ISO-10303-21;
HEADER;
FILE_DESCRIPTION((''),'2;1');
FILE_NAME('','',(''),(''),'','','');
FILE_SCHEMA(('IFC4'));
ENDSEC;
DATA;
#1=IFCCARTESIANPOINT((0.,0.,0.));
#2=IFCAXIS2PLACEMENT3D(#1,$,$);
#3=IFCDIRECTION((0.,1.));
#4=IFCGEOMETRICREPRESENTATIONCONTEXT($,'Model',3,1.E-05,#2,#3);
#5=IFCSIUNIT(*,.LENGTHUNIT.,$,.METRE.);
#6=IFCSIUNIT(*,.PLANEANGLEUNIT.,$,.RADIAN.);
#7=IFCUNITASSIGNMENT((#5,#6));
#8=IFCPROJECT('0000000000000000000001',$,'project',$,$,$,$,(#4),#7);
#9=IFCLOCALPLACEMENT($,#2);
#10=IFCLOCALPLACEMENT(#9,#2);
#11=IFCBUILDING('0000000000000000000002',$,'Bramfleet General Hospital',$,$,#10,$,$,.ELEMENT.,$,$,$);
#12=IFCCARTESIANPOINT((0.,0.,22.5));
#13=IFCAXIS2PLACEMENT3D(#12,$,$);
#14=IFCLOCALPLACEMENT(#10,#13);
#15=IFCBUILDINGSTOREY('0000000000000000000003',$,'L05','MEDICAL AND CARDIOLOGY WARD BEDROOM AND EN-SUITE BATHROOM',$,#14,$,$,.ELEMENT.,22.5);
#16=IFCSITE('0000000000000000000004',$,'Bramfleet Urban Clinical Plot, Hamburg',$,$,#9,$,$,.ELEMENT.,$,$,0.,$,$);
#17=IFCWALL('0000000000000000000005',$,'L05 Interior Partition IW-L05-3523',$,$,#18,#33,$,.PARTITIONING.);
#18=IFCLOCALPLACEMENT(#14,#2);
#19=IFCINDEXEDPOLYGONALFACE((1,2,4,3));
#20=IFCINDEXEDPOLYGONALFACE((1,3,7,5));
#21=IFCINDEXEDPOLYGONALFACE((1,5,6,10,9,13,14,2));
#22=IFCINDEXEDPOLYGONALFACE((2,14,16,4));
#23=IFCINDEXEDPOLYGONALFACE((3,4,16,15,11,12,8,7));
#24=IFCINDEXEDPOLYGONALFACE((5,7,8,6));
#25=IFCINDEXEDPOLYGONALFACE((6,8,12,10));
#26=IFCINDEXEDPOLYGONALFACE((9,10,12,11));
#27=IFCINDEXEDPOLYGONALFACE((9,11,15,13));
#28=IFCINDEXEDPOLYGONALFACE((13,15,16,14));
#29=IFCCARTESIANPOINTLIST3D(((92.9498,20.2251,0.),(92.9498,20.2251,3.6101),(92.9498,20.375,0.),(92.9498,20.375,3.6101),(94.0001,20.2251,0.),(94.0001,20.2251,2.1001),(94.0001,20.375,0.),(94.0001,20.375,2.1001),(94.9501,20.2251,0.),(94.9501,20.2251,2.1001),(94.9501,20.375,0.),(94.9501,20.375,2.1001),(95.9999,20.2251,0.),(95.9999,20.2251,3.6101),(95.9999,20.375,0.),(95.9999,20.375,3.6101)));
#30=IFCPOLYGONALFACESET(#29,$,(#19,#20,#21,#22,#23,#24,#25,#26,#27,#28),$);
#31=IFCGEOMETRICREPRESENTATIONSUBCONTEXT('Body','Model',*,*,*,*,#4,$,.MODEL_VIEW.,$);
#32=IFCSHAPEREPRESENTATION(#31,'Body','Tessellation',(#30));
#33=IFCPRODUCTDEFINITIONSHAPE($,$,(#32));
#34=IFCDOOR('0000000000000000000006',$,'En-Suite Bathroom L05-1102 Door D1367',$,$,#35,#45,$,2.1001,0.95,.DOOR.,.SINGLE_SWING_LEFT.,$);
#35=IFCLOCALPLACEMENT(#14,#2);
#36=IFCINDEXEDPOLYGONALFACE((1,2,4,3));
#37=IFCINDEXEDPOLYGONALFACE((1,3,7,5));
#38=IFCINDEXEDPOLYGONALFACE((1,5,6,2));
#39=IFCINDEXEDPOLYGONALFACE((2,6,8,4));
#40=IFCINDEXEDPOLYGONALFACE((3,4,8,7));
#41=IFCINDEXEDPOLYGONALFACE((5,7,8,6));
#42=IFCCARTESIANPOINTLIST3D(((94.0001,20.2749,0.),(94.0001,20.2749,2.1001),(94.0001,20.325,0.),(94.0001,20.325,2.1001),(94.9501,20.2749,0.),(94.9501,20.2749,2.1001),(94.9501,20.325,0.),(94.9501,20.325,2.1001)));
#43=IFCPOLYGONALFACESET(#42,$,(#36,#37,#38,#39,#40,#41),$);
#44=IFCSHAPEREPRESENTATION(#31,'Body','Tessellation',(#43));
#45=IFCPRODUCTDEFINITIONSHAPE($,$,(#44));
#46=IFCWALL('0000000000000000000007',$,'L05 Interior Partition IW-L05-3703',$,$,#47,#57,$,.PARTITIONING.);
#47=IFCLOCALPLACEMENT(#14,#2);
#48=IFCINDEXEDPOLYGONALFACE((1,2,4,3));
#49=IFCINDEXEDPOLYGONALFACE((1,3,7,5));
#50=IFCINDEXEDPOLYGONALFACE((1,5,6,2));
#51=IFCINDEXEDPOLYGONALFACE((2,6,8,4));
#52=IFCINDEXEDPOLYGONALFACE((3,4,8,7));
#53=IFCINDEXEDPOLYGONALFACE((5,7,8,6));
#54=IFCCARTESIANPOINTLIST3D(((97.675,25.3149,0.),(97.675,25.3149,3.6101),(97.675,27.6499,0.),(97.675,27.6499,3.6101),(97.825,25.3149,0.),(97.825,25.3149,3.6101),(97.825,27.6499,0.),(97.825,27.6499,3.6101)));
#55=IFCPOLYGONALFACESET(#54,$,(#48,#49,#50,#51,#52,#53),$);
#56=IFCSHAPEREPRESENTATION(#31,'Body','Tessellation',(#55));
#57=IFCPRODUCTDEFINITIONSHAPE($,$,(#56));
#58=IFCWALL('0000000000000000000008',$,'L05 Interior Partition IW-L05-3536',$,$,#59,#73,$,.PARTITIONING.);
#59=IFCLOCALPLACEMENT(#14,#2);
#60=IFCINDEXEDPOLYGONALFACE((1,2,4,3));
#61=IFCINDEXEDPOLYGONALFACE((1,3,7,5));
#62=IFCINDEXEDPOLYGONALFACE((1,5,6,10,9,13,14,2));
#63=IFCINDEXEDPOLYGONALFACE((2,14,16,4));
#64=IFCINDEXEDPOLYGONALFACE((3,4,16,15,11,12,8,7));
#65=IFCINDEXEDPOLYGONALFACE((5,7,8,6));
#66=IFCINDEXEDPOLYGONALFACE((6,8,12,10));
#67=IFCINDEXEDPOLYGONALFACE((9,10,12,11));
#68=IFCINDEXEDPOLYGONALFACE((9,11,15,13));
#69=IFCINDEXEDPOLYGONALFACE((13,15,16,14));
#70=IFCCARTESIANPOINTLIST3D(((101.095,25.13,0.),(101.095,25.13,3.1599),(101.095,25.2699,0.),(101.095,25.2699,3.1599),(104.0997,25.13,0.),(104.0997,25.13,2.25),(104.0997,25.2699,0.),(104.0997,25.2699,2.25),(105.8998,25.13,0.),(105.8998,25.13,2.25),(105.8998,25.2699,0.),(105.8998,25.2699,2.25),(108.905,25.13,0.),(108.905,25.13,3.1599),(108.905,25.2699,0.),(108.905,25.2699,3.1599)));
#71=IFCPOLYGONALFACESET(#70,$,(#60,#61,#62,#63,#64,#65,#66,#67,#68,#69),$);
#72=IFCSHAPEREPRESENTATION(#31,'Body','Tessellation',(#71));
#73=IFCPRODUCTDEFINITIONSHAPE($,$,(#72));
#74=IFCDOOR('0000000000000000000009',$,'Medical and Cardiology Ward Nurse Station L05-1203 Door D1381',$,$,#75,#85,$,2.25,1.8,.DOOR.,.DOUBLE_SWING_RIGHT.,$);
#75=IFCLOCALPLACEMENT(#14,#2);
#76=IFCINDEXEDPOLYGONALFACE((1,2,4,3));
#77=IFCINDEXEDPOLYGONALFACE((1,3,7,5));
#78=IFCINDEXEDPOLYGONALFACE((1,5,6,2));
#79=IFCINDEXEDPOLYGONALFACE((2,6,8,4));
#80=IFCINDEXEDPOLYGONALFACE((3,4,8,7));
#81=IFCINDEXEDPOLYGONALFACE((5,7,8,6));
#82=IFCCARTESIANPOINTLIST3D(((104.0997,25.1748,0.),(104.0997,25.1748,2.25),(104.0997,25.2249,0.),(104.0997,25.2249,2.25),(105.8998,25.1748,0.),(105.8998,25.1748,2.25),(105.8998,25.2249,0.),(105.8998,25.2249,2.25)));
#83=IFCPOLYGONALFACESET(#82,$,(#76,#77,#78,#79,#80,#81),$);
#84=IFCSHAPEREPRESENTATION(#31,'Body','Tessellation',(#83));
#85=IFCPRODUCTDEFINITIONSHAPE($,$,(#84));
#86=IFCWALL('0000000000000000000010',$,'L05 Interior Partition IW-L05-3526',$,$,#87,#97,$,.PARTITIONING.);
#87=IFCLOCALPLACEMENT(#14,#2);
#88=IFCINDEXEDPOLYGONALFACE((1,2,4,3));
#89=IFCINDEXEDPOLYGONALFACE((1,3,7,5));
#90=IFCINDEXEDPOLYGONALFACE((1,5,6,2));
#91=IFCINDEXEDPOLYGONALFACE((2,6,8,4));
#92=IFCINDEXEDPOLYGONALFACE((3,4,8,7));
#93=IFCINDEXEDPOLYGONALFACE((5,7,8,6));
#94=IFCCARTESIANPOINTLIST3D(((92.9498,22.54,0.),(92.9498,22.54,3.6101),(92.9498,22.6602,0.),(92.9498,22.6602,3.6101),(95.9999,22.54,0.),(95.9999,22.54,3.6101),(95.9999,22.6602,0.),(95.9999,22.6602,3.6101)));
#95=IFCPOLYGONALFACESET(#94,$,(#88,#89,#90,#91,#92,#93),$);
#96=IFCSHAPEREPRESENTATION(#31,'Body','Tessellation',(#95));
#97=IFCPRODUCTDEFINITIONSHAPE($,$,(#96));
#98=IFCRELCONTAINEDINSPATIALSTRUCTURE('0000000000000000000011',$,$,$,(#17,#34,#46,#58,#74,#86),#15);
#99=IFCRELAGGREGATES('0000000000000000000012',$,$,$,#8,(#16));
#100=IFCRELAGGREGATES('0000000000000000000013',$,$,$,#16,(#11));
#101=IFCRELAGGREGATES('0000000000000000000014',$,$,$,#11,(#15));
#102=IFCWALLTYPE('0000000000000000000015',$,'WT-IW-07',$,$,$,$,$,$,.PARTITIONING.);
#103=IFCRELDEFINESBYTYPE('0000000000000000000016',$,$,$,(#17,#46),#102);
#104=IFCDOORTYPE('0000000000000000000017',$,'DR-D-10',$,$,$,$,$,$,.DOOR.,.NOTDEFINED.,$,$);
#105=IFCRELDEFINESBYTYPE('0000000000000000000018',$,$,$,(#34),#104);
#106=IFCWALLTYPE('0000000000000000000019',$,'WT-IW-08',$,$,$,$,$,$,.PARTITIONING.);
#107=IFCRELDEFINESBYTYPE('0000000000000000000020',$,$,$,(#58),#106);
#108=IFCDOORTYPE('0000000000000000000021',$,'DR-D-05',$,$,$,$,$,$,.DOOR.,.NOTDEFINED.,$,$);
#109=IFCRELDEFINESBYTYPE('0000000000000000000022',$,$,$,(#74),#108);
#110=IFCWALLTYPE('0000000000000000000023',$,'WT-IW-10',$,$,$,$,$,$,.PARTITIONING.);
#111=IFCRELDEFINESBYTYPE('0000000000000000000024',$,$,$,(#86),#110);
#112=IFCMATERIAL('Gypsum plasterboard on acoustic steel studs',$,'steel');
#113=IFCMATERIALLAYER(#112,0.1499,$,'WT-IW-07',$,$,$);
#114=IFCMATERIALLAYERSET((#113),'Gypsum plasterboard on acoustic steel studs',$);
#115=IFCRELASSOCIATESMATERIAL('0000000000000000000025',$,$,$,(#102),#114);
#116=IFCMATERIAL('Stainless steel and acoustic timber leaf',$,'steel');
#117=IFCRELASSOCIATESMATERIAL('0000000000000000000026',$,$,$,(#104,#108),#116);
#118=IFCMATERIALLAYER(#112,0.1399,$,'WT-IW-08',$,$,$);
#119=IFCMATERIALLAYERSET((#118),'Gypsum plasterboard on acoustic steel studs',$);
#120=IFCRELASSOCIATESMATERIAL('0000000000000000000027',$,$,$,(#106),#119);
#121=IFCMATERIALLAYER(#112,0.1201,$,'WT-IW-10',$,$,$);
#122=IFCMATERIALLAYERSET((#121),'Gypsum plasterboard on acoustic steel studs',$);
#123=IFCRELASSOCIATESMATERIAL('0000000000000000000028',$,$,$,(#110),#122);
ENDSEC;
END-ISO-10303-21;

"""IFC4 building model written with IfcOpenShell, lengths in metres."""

from ifc_helpers import new_model, si_unit, direction, frame, frame_2d, origin, place, context, subcontext, project, spatial, rectangle, extrude, material, layer, layer_set, type_object, element, fill, save


model = new_model("IFC4")

# Units and contexts
model_context = context("Model", 3, precision=1e-05, world=origin(), true_north=direction((0.0, 1.0)))
body_context = subcontext(model_context, "Body", "Model", "MODEL_VIEW")
ifc_project = project(units=[si_unit("LENGTHUNIT", "METRE"), si_unit("PLANEANGLEUNIT", "RADIAN")], contexts=[model_context])

# Site, building, storey
site_placement = place(None, origin())
site = spatial("IfcSite", under=ifc_project, at=site_placement, Name="Bramfleet Urban Clinical Plot, Hamburg", CompositionType="ELEMENT", RefElevation=0.0)
building_placement = place(site_placement, origin())
building = spatial("IfcBuilding", under=site, at=building_placement, Name="Bramfleet General Hospital", CompositionType="ELEMENT")
storey_placement = place(building_placement, frame((0.0, 0.0, 22.5)))
storey = spatial("IfcBuildingStorey", under=building, at=storey_placement, Name="L05", Description="MEDICAL AND CARDIOLOGY WARD BEDROOM AND EN-SUITE BATHROOM", CompositionType="ELEMENT", Elevation=22.5)

# Shared definitions
ifc_material_1 = material(Name="Stainless steel and acoustic timber leaf", Category="steel")

# Shared definitions
ifc_material_2 = material(Name="Gypsum plasterboard on acoustic steel studs", Category="steel")

# Wall, opening, door
ifc_layer_1 = layer(ifc_material_2, 0.1499, Name="WT-IW-07")
ifc_layer_set_1 = layer_set([ifc_layer_1], Name="Gypsum plasterboard on acoustic steel studs")
wall_type_1 = type_object("IfcWallType", Name="WT-IW-07", PredefinedType="PARTITIONING", material=ifc_layer_set_1)
wall_1_placement = place(storey_placement, frame((92.95, 20.3, 0.0), z_axis=(0.0, 0.0, 1.0), x_axis=(1.0, 0.0, 0.0)))
wall_1 = element("IfcWall", 1, at=wall_1_placement, inside=storey, type_object=wall_type_1, Name="L05 Interior Partition IW-L05-3523", PredefinedType="PARTITIONING", context=body_context, shape_type="SweptSolid", body=[
    extrude(rectangle(XDim=3.05, YDim=0.1499, at=frame_2d((1.5249, 0.0))), origin(), (0.0, 0.0, 1.0), 3.6101),
])
opening_1_placement = place(wall_1_placement, frame((1.05, 0.0, 0.0)))
opening_1 = element("IfcOpeningElement", 2, at=opening_1_placement, cuts=wall_1, PredefinedType="OPENING", context=body_context, shape_type="SweptSolid", body=[
    extrude(rectangle(XDim=0.95, YDim=2.1001, at=frame_2d((0.4751, 1.05))), frame((0.0, 0.085, 0.0), z_axis=(0.0, -1.0, 0.0), x_axis=(1.0, 0.0, 0.0)), (0.0, 0.0, 1.0), 0.1699),
])
door_type_1 = type_object("IfcDoorType", Name="DR-D-10", OperationType="NOTDEFINED", PredefinedType="DOOR", material=ifc_material_1)
door_1_placement = place(opening_1_placement, origin())
door_1 = element("IfcDoor", 3, at=door_1_placement, inside=storey, type_object=door_type_1, Name="En-Suite Bathroom L05-1102 Door D1367", OperationType="SINGLE_SWING_LEFT", OverallHeight=2.1001, OverallWidth=0.95, PredefinedType="DOOR", context=body_context, shape_type="SweptSolid", body=[
    extrude(rectangle(XDim=0.95, YDim=2.1001, at=frame_2d((0.4751, 1.05))), frame((0.0, 0.0249, 0.0), z_axis=(0.0, -1.0, 0.0), x_axis=(1.0, 0.0, 0.0)), (0.0, 0.0, 1.0), 0.05),
])
fill(opening_1, door_1)

# Wall
wall_2_placement = place(storey_placement, frame((97.75, 25.3149, 0.0), z_axis=(0.0, 0.0, 1.0), x_axis=(0.0, 1.0, 0.0)))
element("IfcWall", 4, at=wall_2_placement, inside=storey, type_object=wall_type_1, Name="L05 Interior Partition IW-L05-3703", PredefinedType="PARTITIONING", context=body_context, shape_type="SweptSolid", body=[
    extrude(rectangle(XDim=2.335, YDim=0.1499, at=frame_2d((1.1675, 0.0))), origin(), (0.0, 0.0, 1.0), 3.6101),
])

# Wall, opening, door
ifc_layer_2 = layer(ifc_material_2, 0.1399, Name="WT-IW-08")
ifc_layer_set_2 = layer_set([ifc_layer_2], Name="Gypsum plasterboard on acoustic steel studs")
wall_type_2 = type_object("IfcWallType", Name="WT-IW-08", PredefinedType="PARTITIONING", material=ifc_layer_set_2)
wall_3_placement = place(storey_placement, frame((101.095, 25.2, 0.0), z_axis=(0.0, 0.0, 1.0), x_axis=(1.0, 0.0, 0.0)))
wall_3 = element("IfcWall", 5, at=wall_3_placement, inside=storey, type_object=wall_type_2, Name="L05 Interior Partition IW-L05-3536", PredefinedType="PARTITIONING", context=body_context, shape_type="SweptSolid", body=[
    extrude(rectangle(XDim=7.8101, YDim=0.1399, at=frame_2d((3.905, 0.0))), origin(), (0.0, 0.0, 1.0), 3.1599),
])
opening_2_placement = place(wall_3_placement, frame((3.0049, 0.0, 0.0)))
opening_2 = element("IfcOpeningElement", 6, at=opening_2_placement, cuts=wall_3, PredefinedType="OPENING", context=body_context, shape_type="SweptSolid", body=[
    extrude(rectangle(XDim=1.8, YDim=2.25, at=frame_2d((0.8999, 1.125))), frame((0.0, 0.0798, 0.0), z_axis=(0.0, -1.0, 0.0), x_axis=(1.0, 0.0, 0.0)), (0.0, 0.0, 1.0), 0.1599),
])
door_type_2 = type_object("IfcDoorType", Name="DR-D-05", OperationType="NOTDEFINED", PredefinedType="DOOR", material=ifc_material_1)
door_2_placement = place(opening_2_placement, origin())
door_2 = element("IfcDoor", 7, at=door_2_placement, inside=storey, type_object=door_type_2, Name="Medical and Cardiology Ward Nurse Station L05-1203 Door D1381", OperationType="DOUBLE_SWING_RIGHT", OverallHeight=2.25, OverallWidth=1.8, PredefinedType="DOOR", context=body_context, shape_type="SweptSolid", body=[
    extrude(rectangle(XDim=1.8, YDim=2.25, at=frame_2d((0.8999, 1.125))), frame((0.0, 0.0249, 0.0), z_axis=(0.0, -1.0, 0.0), x_axis=(1.0, 0.0, 0.0)), (0.0, 0.0, 1.0), 0.05),
])
fill(opening_2, door_2)

# Wall
ifc_layer_3 = layer(ifc_material_2, 0.1201, Name="WT-IW-10")
ifc_layer_set_3 = layer_set([ifc_layer_3], Name="Gypsum plasterboard on acoustic steel studs")
wall_type_3 = type_object("IfcWallType", Name="WT-IW-10", PredefinedType="PARTITIONING", material=ifc_layer_set_3)
wall_4_placement = place(storey_placement, frame((92.95, 22.6001, 0.0), z_axis=(0.0, 0.0, 1.0), x_axis=(1.0, 0.0, 0.0)))
element("IfcWall", 8, at=wall_4_placement, inside=storey, type_object=wall_type_3, Name="L05 Interior Partition IW-L05-3526", PredefinedType="PARTITIONING", context=body_context, shape_type="SweptSolid", body=[
    extrude(rectangle(XDim=3.05, YDim=0.1201, at=frame_2d((1.5249, 0.0))), origin(), (0.0, 0.0, 1.0), 3.6101),
])

save(model, "model.ifc")
